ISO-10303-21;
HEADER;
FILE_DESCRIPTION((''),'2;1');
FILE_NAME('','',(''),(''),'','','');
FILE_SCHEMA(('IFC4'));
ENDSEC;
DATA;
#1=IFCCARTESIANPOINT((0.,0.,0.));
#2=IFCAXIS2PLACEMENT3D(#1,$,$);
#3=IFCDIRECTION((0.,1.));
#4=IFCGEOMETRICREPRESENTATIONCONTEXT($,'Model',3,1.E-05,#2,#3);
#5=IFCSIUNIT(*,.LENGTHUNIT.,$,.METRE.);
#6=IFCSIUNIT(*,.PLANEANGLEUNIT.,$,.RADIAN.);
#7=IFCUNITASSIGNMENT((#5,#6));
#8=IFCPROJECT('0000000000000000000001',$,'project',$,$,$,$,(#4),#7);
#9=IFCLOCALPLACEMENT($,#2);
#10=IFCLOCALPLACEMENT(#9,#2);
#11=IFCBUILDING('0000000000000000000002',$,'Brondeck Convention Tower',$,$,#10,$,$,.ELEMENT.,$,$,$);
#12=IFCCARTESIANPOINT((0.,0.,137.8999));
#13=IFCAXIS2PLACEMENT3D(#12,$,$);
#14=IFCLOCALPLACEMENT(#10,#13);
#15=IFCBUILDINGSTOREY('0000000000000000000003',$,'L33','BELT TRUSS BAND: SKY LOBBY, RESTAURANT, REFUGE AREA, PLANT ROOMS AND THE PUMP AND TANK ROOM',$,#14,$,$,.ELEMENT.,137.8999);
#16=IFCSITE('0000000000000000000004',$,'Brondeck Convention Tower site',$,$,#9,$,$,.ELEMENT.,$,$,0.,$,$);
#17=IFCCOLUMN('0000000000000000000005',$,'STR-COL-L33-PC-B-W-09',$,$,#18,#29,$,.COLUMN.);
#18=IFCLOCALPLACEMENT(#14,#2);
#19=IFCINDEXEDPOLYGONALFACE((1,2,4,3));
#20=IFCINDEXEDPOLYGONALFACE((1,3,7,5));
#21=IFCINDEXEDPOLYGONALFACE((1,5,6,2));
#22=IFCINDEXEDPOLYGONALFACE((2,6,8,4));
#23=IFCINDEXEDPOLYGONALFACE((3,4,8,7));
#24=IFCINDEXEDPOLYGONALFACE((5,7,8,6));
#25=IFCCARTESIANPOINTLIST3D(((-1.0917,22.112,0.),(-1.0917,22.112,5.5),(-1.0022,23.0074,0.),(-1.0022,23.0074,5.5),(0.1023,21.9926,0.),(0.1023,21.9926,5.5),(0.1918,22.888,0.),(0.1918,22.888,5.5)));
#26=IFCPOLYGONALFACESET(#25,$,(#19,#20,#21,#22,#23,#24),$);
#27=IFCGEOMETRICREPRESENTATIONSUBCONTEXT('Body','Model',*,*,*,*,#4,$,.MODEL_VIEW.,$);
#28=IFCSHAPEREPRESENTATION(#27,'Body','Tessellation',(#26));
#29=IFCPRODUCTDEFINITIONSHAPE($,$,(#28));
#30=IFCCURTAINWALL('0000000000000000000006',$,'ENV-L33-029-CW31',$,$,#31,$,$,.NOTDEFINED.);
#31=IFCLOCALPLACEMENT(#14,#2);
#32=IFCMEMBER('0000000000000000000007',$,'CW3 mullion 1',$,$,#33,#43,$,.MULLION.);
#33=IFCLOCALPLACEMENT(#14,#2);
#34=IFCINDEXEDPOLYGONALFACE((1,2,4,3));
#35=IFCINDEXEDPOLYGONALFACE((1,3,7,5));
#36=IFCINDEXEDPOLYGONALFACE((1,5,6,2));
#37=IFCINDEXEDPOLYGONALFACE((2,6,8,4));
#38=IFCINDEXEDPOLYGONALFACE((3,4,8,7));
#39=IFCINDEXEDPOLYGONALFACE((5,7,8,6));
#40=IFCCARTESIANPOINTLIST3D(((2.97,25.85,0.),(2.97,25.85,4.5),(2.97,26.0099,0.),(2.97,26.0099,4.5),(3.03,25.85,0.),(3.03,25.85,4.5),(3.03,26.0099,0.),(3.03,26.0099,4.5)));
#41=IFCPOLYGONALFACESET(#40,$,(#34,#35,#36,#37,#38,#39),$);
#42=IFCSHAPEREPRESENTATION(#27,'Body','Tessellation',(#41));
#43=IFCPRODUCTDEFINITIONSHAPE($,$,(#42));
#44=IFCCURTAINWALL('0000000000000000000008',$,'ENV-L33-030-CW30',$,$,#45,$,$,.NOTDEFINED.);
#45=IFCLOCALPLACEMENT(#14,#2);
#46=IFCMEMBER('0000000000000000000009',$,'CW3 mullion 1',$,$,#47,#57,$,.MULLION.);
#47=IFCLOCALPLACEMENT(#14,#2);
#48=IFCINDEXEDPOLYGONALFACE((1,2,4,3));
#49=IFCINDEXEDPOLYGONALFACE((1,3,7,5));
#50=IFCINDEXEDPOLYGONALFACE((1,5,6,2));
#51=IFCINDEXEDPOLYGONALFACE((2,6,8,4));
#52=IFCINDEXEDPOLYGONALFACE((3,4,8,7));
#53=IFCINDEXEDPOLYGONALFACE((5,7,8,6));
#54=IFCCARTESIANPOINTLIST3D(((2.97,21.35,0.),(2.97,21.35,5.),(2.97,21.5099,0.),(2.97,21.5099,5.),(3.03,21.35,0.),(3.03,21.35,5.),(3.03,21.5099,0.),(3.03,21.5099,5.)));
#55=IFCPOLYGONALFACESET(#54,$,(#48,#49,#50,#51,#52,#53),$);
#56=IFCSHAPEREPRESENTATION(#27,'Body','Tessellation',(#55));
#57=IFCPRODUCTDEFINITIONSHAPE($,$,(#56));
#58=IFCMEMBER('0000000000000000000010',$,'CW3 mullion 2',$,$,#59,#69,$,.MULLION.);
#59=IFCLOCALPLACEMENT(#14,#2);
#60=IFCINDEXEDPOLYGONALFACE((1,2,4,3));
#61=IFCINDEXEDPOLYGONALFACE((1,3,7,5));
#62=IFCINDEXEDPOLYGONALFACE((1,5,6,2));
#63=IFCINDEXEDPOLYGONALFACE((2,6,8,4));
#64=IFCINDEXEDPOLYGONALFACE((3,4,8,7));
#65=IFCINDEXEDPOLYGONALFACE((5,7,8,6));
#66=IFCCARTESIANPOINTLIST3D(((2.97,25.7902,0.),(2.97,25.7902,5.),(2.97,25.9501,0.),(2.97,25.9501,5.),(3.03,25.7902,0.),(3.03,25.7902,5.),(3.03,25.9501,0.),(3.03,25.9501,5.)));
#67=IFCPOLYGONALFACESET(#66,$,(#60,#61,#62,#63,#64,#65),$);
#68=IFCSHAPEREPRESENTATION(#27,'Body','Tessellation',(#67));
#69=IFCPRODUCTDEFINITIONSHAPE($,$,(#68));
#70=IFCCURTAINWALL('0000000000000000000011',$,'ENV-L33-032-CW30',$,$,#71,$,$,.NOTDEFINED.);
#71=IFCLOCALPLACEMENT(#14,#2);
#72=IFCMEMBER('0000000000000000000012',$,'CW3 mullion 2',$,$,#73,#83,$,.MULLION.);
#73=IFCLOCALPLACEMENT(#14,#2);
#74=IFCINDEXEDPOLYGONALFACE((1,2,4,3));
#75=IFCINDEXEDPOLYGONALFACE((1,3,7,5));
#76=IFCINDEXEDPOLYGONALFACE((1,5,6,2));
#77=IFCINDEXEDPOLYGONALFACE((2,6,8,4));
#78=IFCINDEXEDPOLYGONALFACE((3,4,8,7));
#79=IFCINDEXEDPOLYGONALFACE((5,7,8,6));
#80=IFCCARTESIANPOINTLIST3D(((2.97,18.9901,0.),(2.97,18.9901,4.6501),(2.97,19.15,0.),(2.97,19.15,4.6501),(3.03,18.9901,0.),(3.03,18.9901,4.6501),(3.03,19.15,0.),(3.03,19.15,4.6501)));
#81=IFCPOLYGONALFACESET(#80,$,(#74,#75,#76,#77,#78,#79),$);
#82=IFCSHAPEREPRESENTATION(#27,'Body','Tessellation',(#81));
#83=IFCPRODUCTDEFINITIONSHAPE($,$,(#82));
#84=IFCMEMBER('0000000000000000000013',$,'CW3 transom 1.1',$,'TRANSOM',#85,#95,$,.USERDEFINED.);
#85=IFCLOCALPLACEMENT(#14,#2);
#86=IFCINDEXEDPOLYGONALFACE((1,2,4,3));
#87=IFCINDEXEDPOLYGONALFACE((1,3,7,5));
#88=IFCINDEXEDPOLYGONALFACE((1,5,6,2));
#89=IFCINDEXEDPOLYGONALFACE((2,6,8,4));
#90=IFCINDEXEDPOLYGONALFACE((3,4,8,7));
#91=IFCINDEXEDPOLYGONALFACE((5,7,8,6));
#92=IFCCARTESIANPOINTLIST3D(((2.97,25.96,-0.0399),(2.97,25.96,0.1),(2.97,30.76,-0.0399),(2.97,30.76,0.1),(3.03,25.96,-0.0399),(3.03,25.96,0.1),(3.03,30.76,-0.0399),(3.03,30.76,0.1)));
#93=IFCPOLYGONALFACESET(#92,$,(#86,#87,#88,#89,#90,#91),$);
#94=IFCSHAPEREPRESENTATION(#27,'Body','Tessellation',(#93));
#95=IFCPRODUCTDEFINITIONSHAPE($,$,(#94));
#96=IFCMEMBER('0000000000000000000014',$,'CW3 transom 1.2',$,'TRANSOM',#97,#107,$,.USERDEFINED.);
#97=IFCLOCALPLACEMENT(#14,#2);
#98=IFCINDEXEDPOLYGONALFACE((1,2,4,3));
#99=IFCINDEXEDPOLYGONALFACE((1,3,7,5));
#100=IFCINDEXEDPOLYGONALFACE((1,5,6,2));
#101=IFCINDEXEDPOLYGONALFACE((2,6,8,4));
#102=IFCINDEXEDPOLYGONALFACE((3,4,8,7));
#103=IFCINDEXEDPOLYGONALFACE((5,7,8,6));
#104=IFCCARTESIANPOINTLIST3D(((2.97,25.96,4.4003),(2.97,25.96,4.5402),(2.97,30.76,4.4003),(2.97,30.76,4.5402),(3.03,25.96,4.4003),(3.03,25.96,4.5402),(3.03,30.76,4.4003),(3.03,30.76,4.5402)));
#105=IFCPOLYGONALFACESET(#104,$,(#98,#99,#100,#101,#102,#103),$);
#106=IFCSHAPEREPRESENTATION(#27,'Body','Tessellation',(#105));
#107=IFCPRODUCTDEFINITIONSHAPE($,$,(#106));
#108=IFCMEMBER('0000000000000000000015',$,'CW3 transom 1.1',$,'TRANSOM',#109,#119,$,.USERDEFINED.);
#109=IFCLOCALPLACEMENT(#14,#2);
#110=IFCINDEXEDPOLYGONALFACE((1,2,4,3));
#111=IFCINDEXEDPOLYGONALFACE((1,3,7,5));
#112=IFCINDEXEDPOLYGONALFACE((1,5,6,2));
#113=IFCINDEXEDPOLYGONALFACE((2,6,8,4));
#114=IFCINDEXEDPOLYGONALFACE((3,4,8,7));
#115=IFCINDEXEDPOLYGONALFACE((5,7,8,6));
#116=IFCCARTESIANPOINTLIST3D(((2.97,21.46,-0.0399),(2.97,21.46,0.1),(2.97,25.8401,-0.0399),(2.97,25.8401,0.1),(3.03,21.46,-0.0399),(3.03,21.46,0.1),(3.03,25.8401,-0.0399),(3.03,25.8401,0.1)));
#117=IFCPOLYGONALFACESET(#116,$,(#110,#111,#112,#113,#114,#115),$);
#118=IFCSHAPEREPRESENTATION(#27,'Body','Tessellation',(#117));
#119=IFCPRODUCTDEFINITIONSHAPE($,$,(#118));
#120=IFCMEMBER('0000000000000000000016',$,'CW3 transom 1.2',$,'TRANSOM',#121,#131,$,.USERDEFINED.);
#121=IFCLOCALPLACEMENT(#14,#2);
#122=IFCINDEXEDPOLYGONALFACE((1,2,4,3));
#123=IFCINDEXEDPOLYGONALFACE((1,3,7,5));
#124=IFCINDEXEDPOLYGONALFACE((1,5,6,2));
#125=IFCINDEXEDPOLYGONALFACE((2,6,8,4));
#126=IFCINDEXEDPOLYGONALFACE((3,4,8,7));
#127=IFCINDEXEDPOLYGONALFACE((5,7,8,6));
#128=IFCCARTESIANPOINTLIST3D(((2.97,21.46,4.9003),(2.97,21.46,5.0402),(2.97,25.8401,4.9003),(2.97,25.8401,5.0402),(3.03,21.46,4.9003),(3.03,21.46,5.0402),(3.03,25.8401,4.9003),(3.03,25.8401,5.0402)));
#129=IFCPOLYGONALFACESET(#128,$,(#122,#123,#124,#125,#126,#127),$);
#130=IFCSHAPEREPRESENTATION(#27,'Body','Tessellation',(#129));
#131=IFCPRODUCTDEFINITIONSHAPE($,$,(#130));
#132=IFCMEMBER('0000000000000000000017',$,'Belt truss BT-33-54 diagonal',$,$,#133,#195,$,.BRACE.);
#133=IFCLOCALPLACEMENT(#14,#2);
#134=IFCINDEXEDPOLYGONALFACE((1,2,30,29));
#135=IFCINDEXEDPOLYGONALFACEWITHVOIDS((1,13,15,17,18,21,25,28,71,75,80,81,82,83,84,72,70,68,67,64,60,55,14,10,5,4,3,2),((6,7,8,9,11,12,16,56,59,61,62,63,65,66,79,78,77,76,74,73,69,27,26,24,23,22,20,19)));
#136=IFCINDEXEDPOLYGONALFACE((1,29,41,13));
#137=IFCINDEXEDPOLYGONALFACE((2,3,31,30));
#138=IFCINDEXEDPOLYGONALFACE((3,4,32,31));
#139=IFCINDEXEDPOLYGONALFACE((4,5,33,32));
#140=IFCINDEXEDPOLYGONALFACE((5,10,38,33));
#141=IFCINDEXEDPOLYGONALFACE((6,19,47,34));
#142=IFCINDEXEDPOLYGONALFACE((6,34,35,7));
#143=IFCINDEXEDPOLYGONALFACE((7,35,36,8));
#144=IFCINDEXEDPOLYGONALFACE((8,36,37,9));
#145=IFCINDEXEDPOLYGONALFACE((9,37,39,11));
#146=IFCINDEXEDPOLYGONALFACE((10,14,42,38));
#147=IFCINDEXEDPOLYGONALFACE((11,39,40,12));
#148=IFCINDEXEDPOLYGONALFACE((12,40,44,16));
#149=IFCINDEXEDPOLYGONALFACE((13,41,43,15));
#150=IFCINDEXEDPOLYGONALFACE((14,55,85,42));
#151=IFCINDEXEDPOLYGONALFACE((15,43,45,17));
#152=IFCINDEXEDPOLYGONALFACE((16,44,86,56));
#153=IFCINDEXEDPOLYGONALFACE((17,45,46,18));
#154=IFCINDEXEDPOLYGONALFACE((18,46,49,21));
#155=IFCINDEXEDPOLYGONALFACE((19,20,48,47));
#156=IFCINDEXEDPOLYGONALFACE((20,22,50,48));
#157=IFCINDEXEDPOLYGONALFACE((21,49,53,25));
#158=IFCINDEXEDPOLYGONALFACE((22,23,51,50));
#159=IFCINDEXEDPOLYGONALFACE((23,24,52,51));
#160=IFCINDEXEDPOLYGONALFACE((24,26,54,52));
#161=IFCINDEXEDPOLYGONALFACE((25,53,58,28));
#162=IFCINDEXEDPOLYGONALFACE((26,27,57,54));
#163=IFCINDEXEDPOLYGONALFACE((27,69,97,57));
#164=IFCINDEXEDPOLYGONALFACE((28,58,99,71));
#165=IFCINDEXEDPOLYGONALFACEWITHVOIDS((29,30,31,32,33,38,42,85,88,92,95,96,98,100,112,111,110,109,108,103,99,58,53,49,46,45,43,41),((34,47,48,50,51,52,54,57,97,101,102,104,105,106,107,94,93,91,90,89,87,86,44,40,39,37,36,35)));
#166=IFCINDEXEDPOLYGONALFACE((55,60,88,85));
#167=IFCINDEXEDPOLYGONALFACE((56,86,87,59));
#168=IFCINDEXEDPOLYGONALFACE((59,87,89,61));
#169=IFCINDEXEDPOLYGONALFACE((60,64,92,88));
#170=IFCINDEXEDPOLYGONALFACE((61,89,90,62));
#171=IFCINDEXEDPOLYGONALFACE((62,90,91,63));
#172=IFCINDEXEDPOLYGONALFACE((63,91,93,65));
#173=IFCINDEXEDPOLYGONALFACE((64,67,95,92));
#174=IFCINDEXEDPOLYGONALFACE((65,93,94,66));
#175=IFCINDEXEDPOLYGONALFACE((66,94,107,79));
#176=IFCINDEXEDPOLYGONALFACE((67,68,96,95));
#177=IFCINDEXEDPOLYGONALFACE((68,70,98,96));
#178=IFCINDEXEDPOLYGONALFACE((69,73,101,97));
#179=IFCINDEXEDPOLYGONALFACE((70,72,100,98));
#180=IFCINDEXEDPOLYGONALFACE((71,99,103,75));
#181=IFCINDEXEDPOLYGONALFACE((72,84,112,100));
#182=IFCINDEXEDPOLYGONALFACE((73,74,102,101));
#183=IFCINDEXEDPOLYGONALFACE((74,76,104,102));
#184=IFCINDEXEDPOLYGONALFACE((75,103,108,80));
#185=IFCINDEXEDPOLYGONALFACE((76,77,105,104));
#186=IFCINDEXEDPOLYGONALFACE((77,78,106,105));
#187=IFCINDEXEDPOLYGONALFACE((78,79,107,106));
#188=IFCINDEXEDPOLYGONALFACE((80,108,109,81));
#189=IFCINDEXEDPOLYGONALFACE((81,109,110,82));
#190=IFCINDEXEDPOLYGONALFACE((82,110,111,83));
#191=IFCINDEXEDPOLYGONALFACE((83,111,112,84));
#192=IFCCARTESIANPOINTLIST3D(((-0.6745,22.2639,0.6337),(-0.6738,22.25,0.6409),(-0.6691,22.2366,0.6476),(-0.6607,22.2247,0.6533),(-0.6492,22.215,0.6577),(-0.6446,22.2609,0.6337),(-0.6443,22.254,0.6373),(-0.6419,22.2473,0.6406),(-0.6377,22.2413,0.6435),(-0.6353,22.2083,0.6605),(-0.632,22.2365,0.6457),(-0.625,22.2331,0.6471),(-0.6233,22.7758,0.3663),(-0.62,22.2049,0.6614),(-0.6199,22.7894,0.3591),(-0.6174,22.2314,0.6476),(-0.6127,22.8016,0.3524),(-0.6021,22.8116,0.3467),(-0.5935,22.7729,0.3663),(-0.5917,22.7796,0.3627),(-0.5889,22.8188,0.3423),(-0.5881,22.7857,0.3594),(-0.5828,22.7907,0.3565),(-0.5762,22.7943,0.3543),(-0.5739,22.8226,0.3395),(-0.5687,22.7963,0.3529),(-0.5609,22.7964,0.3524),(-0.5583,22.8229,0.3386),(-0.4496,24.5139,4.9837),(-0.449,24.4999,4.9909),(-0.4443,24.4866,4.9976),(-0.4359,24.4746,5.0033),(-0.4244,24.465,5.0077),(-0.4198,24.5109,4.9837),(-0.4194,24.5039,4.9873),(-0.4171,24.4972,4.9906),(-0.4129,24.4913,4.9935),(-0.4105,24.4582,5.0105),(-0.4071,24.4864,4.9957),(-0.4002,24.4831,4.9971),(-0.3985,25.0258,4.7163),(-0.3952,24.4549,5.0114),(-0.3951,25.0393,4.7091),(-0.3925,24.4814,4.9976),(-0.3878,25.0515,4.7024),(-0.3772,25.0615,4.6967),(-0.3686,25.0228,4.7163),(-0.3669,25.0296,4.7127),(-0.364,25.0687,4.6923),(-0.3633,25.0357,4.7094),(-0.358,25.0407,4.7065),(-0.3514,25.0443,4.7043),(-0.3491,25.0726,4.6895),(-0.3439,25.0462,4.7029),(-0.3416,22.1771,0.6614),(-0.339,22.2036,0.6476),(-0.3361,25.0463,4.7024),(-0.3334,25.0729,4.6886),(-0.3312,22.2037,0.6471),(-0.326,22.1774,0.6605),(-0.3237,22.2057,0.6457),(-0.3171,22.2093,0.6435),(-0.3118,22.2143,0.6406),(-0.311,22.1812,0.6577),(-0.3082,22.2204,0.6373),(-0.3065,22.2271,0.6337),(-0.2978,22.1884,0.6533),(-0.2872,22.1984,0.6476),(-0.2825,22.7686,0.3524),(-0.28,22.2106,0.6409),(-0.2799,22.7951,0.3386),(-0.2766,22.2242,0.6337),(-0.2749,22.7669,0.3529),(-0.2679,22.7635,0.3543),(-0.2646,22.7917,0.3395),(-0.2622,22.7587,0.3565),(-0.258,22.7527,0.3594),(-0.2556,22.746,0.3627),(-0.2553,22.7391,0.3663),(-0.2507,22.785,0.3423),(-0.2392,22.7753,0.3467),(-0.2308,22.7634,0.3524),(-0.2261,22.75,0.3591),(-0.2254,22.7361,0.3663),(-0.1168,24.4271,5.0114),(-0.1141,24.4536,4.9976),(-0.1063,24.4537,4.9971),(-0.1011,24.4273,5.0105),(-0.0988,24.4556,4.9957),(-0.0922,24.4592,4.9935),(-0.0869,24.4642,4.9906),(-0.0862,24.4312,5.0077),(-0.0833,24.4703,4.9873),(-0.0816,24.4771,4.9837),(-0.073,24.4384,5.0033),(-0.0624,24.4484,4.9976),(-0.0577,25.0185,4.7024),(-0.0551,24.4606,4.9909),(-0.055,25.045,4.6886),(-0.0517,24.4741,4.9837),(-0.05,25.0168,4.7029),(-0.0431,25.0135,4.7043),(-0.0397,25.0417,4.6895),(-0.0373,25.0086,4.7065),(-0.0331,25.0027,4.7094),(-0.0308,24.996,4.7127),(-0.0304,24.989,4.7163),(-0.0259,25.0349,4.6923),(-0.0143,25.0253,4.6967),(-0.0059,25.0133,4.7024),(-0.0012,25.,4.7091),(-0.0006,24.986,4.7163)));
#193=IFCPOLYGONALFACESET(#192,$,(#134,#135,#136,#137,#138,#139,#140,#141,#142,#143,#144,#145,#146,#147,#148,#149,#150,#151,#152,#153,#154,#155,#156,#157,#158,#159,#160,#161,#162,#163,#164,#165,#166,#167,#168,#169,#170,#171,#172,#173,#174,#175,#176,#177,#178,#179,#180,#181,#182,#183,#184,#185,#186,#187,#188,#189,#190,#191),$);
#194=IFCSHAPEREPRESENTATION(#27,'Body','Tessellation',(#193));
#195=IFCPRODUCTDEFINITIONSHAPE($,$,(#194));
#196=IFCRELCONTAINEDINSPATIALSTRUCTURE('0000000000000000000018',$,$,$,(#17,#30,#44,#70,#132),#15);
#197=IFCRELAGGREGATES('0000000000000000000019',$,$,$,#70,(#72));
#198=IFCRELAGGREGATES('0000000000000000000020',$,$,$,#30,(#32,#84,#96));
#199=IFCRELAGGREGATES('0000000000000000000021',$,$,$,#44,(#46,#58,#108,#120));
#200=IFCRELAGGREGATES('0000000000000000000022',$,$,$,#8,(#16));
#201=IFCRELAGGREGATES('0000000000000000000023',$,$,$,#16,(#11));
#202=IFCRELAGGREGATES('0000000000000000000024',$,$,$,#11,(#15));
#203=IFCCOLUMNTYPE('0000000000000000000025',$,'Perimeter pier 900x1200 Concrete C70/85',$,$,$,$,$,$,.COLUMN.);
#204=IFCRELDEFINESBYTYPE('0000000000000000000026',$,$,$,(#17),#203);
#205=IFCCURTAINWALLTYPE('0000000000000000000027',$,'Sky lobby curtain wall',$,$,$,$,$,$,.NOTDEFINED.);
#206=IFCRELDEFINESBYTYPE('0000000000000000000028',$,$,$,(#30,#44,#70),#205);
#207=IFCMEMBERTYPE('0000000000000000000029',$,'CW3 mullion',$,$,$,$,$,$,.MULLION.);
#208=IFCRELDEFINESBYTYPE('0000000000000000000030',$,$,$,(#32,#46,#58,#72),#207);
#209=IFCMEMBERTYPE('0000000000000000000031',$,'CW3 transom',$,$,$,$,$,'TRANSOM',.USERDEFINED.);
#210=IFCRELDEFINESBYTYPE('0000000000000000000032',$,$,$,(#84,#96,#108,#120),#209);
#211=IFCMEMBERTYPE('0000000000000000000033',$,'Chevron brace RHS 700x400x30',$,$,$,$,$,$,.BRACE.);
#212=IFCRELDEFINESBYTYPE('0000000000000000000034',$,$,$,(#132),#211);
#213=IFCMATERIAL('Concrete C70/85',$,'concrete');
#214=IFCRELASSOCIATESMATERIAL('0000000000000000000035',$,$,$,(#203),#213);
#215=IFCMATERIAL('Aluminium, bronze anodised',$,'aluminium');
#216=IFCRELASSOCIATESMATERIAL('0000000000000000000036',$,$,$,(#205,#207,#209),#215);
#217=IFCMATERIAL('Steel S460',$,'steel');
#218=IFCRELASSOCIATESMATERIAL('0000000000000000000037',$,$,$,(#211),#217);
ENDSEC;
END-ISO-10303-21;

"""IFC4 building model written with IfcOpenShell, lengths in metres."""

from ifc_helpers import new_model, si_unit, direction, frame, origin, origin_2d, place, context, subcontext, project, spatial, rectangle, hollow_rectangle, extrude, material, material_profile, profile_set, type_object, element, aggregate, save


model = new_model("IFC4")

# Units and contexts
model_context = context("Model", 3, precision=1e-05, world=origin(), true_north=direction((0.0, 1.0)))
body_context = subcontext(model_context, "Body", "Model", "MODEL_VIEW")
ifc_project = project(units=[si_unit("LENGTHUNIT", "METRE"), si_unit("PLANEANGLEUNIT", "RADIAN")], contexts=[model_context])

# Site, building, storey
site_placement = place(None, origin())
site = spatial("IfcSite", under=ifc_project, at=site_placement, Name="Brondeck Convention Tower site", CompositionType="ELEMENT", RefElevation=0.0)
building_placement = place(site_placement, origin())
building = spatial("IfcBuilding", under=site, at=building_placement, Name="Brondeck Convention Tower", CompositionType="ELEMENT")
storey_placement = place(building_placement, frame((0.0, 0.0, 137.8999)))
storey = spatial("IfcBuildingStorey", under=building, at=storey_placement, Name="L33", Description="BELT TRUSS BAND: SKY LOBBY, RESTAURANT, REFUGE AREA, PLANT ROOMS AND THE PUMP AND TANK ROOM", CompositionType="ELEMENT", Elevation=137.8999)

# Column
ifc_material_1 = material(Name="Concrete C70/85", Category="concrete")
ifc_material_profile_1 = material_profile(ifc_material_1, rectangle(XDim=0.8999, YDim=1.2, at=origin_2d()), Name="Perimeter pier 900x1200 Concrete C70/85")
ifc_profile_set_1 = profile_set([ifc_material_profile_1], Name="Concrete C70/85")
column_type = type_object("IfcColumnType", Name="Perimeter pier 900x1200 Concrete C70/85", PredefinedType="COLUMN", material=ifc_profile_set_1)
column_placement = place(storey_placement, frame((-0.45, 22.5, 0.0), z_axis=(0.0, 0.0, 1.0), x_axis=(-0.099504, -0.995037, 0.0)))
element("IfcColumn", 1, at=column_placement, inside=storey, type_object=column_type, Name="STR-COL-L33-PC-B-W-09", PredefinedType="COLUMN", context=body_context, shape_type="SweptSolid", body=[
    extrude(rectangle(XDim=0.8999, YDim=1.2, at=origin_2d()), origin(), (0.0, 0.0, 1.0), 5.5),
])

# Curtain wall, member
ifc_material_2 = material(Name="Aluminium, bronze anodised", Category="aluminium")
curtain_wall_type = type_object("IfcCurtainWallType", Name="Sky lobby curtain wall", PredefinedType="NOTDEFINED", material=ifc_material_2)
curtain_wall_1_placement = place(storey_placement, origin())
curtain_wall_1 = element("IfcCurtainWall", 2, at=curtain_wall_1_placement, inside=storey, type_object=curtain_wall_type, Name="ENV-L33-029-CW31", PredefinedType="NOTDEFINED")
ifc_material_profile_2 = material_profile(ifc_material_2, rectangle(XDim=0.0601, YDim=0.1599, at=origin_2d()), Name="CW3 mullion")
ifc_profile_set_2 = profile_set([ifc_material_profile_2], Name="Aluminium, bronze anodised")
member_type_1 = type_object("IfcMemberType", Name="CW3 mullion", PredefinedType="MULLION", material=ifc_profile_set_2)
member_1_placement = place(storey_placement, frame((3.0, 25.9299, 0.0), z_axis=(0.0, 0.0, 1.0), x_axis=(-1.0, 0.0, 0.0)))
member_1 = element("IfcMember", 3, at=member_1_placement, type_object=member_type_1, Name="CW3 mullion 1", PredefinedType="MULLION", context=body_context, shape_type="SweptSolid", body=[
    extrude(rectangle(XDim=0.0601, YDim=0.1599, at=origin_2d()), origin(), (0.0, 0.0, 1.0), 4.5),
])

# Curtain wall, members
curtain_wall_2_placement = place(storey_placement, origin())
curtain_wall_2 = element("IfcCurtainWall", 4, at=curtain_wall_2_placement, inside=storey, type_object=curtain_wall_type, Name="ENV-L33-030-CW30", PredefinedType="NOTDEFINED")
member_2_placement = place(storey_placement, frame((3.0, 21.4299, 0.0), z_axis=(0.0, 0.0, 1.0), x_axis=(-1.0, 0.0, 0.0)))
member_2 = element("IfcMember", 5, at=member_2_placement, type_object=member_type_1, Name="CW3 mullion 1", PredefinedType="MULLION", context=body_context, shape_type="SweptSolid", body=[
    extrude(rectangle(XDim=0.0601, YDim=0.1599, at=origin_2d()), origin(), (0.0, 0.0, 1.0), 5.0),
])
member_3_placement = place(storey_placement, frame((3.0, 25.8701, 0.0), z_axis=(0.0, 0.0, 1.0), x_axis=(-1.0, 0.0, 0.0)))
member_3 = element("IfcMember", 6, at=member_3_placement, type_object=member_type_1, Name="CW3 mullion 2", PredefinedType="MULLION", context=body_context, shape_type="SweptSolid", body=[
    extrude(rectangle(XDim=0.0601, YDim=0.1599, at=origin_2d()), origin(), (0.0, 0.0, 1.0), 5.0),
])

# Curtain wall, member
curtain_wall_3_placement = place(storey_placement, origin())
curtain_wall_3 = element("IfcCurtainWall", 7, at=curtain_wall_3_placement, inside=storey, type_object=curtain_wall_type, Name="ENV-L33-032-CW30", PredefinedType="NOTDEFINED")
member_4_placement = place(storey_placement, frame((3.0, 19.0701, 0.0), z_axis=(0.0, 0.0, 1.0), x_axis=(-1.0, 0.0, 0.0)))
member_4 = element("IfcMember", 8, at=member_4_placement, type_object=member_type_1, Name="CW3 mullion 2", PredefinedType="MULLION", context=body_context, shape_type="SweptSolid", body=[
    extrude(rectangle(XDim=0.0601, YDim=0.1599, at=origin_2d()), origin(), (0.0, 0.0, 1.0), 4.6501),
])
aggregate(curtain_wall_3, [member_4])

# Members
ifc_material_profile_3 = material_profile(ifc_material_2, rectangle(XDim=0.0601, YDim=0.1399, at=origin_2d()), Name="CW3 transom")
ifc_profile_set_3 = profile_set([ifc_material_profile_3], Name="Aluminium, bronze anodised")
member_type_2 = type_object("IfcMemberType", Name="CW3 transom", ElementType="TRANSOM", PredefinedType="USERDEFINED", material=ifc_profile_set_3)
member_5_placement = place(storey_placement, frame((3.0, 25.96, 0.03), z_axis=(0.0, 1.0, 0.0), x_axis=(-1.0, 0.0, 0.0)))
member_5 = element("IfcMember", 9, at=member_5_placement, type_object=member_type_2, Name="CW3 transom 1.1", ObjectType="TRANSOM", PredefinedType="USERDEFINED", context=body_context, shape_type="SweptSolid", body=[
    extrude(rectangle(XDim=0.0601, YDim=0.1399, at=origin_2d()), origin(), (0.0, 0.0, 1.0), 4.8),
])
member_6_placement = place(storey_placement, frame((3.0, 25.96, 4.4702), z_axis=(0.0, 1.0, 0.0), x_axis=(-1.0, 0.0, 0.0)))
member_6 = element("IfcMember", 10, at=member_6_placement, type_object=member_type_2, Name="CW3 transom 1.2", ObjectType="TRANSOM", PredefinedType="USERDEFINED", context=body_context, shape_type="SweptSolid", body=[
    extrude(rectangle(XDim=0.0601, YDim=0.1399, at=origin_2d()), origin(), (0.0, 0.0, 1.0), 4.8),
])
aggregate(curtain_wall_1, [member_1, member_5, member_6])
member_7_placement = place(storey_placement, frame((3.0, 21.46, 0.03), z_axis=(0.0, 1.0, 0.0), x_axis=(-1.0, 0.0, 0.0)))
member_7 = element("IfcMember", 11, at=member_7_placement, type_object=member_type_2, Name="CW3 transom 1.1", ObjectType="TRANSOM", PredefinedType="USERDEFINED", context=body_context, shape_type="SweptSolid", body=[
    extrude(rectangle(XDim=0.0601, YDim=0.1399, at=origin_2d()), origin(), (0.0, 0.0, 1.0), 4.3801),
])
member_8_placement = place(storey_placement, frame((3.0, 21.46, 4.9702), z_axis=(0.0, 1.0, 0.0), x_axis=(-1.0, 0.0, 0.0)))
member_8 = element("IfcMember", 12, at=member_8_placement, type_object=member_type_2, Name="CW3 transom 1.2", ObjectType="TRANSOM", PredefinedType="USERDEFINED", context=body_context, shape_type="SweptSolid", body=[
    extrude(rectangle(XDim=0.0601, YDim=0.1399, at=origin_2d()), origin(), (0.0, 0.0, 1.0), 4.3801),
])

# Member
ifc_material_3 = material(Name="Steel S460", Category="steel")
ifc_material_profile_4 = material_profile(ifc_material_3, hollow_rectangle(XDim=0.3999, YDim=0.7, WallThickness=0.03, InnerFilletRadius=0.03, OuterFilletRadius=0.0601, at=origin_2d()), Name="RHS 700x400x30")
ifc_profile_set_4 = profile_set([ifc_material_profile_4], Name="Steel S460")
member_type_3 = type_object("IfcMemberType", Name="Chevron brace RHS 700x400x30", PredefinedType="BRACE", material=ifc_profile_set_4)
for number, where, z_axis, x_axis, name in (
    (13, (-0.45, 22.5, 0.5), (0.045863, 0.458931, 0.887287), (-0.995044, 0.09944, 0.0), "Belt truss BT-33-54 diagonal"),
):
    element("IfcMember", number, at=place(storey_placement, frame(where, z_axis=z_axis, x_axis=x_axis)), inside=storey, type_object=member_type_3, Name=name, PredefinedType="BRACE", context=body_context, shape_type="SweptSolid", body=[
        extrude(hollow_rectangle(XDim=0.3999, YDim=0.7, WallThickness=0.03, InnerFilletRadius=0.03, OuterFilletRadius=0.0601, at=origin_2d()), origin(), (0.0, 0.0, 1.0), 4.9026),
    ])

aggregate(curtain_wall_2, [member_2, member_3, member_7, member_8])

save(model, "model.ifc")
